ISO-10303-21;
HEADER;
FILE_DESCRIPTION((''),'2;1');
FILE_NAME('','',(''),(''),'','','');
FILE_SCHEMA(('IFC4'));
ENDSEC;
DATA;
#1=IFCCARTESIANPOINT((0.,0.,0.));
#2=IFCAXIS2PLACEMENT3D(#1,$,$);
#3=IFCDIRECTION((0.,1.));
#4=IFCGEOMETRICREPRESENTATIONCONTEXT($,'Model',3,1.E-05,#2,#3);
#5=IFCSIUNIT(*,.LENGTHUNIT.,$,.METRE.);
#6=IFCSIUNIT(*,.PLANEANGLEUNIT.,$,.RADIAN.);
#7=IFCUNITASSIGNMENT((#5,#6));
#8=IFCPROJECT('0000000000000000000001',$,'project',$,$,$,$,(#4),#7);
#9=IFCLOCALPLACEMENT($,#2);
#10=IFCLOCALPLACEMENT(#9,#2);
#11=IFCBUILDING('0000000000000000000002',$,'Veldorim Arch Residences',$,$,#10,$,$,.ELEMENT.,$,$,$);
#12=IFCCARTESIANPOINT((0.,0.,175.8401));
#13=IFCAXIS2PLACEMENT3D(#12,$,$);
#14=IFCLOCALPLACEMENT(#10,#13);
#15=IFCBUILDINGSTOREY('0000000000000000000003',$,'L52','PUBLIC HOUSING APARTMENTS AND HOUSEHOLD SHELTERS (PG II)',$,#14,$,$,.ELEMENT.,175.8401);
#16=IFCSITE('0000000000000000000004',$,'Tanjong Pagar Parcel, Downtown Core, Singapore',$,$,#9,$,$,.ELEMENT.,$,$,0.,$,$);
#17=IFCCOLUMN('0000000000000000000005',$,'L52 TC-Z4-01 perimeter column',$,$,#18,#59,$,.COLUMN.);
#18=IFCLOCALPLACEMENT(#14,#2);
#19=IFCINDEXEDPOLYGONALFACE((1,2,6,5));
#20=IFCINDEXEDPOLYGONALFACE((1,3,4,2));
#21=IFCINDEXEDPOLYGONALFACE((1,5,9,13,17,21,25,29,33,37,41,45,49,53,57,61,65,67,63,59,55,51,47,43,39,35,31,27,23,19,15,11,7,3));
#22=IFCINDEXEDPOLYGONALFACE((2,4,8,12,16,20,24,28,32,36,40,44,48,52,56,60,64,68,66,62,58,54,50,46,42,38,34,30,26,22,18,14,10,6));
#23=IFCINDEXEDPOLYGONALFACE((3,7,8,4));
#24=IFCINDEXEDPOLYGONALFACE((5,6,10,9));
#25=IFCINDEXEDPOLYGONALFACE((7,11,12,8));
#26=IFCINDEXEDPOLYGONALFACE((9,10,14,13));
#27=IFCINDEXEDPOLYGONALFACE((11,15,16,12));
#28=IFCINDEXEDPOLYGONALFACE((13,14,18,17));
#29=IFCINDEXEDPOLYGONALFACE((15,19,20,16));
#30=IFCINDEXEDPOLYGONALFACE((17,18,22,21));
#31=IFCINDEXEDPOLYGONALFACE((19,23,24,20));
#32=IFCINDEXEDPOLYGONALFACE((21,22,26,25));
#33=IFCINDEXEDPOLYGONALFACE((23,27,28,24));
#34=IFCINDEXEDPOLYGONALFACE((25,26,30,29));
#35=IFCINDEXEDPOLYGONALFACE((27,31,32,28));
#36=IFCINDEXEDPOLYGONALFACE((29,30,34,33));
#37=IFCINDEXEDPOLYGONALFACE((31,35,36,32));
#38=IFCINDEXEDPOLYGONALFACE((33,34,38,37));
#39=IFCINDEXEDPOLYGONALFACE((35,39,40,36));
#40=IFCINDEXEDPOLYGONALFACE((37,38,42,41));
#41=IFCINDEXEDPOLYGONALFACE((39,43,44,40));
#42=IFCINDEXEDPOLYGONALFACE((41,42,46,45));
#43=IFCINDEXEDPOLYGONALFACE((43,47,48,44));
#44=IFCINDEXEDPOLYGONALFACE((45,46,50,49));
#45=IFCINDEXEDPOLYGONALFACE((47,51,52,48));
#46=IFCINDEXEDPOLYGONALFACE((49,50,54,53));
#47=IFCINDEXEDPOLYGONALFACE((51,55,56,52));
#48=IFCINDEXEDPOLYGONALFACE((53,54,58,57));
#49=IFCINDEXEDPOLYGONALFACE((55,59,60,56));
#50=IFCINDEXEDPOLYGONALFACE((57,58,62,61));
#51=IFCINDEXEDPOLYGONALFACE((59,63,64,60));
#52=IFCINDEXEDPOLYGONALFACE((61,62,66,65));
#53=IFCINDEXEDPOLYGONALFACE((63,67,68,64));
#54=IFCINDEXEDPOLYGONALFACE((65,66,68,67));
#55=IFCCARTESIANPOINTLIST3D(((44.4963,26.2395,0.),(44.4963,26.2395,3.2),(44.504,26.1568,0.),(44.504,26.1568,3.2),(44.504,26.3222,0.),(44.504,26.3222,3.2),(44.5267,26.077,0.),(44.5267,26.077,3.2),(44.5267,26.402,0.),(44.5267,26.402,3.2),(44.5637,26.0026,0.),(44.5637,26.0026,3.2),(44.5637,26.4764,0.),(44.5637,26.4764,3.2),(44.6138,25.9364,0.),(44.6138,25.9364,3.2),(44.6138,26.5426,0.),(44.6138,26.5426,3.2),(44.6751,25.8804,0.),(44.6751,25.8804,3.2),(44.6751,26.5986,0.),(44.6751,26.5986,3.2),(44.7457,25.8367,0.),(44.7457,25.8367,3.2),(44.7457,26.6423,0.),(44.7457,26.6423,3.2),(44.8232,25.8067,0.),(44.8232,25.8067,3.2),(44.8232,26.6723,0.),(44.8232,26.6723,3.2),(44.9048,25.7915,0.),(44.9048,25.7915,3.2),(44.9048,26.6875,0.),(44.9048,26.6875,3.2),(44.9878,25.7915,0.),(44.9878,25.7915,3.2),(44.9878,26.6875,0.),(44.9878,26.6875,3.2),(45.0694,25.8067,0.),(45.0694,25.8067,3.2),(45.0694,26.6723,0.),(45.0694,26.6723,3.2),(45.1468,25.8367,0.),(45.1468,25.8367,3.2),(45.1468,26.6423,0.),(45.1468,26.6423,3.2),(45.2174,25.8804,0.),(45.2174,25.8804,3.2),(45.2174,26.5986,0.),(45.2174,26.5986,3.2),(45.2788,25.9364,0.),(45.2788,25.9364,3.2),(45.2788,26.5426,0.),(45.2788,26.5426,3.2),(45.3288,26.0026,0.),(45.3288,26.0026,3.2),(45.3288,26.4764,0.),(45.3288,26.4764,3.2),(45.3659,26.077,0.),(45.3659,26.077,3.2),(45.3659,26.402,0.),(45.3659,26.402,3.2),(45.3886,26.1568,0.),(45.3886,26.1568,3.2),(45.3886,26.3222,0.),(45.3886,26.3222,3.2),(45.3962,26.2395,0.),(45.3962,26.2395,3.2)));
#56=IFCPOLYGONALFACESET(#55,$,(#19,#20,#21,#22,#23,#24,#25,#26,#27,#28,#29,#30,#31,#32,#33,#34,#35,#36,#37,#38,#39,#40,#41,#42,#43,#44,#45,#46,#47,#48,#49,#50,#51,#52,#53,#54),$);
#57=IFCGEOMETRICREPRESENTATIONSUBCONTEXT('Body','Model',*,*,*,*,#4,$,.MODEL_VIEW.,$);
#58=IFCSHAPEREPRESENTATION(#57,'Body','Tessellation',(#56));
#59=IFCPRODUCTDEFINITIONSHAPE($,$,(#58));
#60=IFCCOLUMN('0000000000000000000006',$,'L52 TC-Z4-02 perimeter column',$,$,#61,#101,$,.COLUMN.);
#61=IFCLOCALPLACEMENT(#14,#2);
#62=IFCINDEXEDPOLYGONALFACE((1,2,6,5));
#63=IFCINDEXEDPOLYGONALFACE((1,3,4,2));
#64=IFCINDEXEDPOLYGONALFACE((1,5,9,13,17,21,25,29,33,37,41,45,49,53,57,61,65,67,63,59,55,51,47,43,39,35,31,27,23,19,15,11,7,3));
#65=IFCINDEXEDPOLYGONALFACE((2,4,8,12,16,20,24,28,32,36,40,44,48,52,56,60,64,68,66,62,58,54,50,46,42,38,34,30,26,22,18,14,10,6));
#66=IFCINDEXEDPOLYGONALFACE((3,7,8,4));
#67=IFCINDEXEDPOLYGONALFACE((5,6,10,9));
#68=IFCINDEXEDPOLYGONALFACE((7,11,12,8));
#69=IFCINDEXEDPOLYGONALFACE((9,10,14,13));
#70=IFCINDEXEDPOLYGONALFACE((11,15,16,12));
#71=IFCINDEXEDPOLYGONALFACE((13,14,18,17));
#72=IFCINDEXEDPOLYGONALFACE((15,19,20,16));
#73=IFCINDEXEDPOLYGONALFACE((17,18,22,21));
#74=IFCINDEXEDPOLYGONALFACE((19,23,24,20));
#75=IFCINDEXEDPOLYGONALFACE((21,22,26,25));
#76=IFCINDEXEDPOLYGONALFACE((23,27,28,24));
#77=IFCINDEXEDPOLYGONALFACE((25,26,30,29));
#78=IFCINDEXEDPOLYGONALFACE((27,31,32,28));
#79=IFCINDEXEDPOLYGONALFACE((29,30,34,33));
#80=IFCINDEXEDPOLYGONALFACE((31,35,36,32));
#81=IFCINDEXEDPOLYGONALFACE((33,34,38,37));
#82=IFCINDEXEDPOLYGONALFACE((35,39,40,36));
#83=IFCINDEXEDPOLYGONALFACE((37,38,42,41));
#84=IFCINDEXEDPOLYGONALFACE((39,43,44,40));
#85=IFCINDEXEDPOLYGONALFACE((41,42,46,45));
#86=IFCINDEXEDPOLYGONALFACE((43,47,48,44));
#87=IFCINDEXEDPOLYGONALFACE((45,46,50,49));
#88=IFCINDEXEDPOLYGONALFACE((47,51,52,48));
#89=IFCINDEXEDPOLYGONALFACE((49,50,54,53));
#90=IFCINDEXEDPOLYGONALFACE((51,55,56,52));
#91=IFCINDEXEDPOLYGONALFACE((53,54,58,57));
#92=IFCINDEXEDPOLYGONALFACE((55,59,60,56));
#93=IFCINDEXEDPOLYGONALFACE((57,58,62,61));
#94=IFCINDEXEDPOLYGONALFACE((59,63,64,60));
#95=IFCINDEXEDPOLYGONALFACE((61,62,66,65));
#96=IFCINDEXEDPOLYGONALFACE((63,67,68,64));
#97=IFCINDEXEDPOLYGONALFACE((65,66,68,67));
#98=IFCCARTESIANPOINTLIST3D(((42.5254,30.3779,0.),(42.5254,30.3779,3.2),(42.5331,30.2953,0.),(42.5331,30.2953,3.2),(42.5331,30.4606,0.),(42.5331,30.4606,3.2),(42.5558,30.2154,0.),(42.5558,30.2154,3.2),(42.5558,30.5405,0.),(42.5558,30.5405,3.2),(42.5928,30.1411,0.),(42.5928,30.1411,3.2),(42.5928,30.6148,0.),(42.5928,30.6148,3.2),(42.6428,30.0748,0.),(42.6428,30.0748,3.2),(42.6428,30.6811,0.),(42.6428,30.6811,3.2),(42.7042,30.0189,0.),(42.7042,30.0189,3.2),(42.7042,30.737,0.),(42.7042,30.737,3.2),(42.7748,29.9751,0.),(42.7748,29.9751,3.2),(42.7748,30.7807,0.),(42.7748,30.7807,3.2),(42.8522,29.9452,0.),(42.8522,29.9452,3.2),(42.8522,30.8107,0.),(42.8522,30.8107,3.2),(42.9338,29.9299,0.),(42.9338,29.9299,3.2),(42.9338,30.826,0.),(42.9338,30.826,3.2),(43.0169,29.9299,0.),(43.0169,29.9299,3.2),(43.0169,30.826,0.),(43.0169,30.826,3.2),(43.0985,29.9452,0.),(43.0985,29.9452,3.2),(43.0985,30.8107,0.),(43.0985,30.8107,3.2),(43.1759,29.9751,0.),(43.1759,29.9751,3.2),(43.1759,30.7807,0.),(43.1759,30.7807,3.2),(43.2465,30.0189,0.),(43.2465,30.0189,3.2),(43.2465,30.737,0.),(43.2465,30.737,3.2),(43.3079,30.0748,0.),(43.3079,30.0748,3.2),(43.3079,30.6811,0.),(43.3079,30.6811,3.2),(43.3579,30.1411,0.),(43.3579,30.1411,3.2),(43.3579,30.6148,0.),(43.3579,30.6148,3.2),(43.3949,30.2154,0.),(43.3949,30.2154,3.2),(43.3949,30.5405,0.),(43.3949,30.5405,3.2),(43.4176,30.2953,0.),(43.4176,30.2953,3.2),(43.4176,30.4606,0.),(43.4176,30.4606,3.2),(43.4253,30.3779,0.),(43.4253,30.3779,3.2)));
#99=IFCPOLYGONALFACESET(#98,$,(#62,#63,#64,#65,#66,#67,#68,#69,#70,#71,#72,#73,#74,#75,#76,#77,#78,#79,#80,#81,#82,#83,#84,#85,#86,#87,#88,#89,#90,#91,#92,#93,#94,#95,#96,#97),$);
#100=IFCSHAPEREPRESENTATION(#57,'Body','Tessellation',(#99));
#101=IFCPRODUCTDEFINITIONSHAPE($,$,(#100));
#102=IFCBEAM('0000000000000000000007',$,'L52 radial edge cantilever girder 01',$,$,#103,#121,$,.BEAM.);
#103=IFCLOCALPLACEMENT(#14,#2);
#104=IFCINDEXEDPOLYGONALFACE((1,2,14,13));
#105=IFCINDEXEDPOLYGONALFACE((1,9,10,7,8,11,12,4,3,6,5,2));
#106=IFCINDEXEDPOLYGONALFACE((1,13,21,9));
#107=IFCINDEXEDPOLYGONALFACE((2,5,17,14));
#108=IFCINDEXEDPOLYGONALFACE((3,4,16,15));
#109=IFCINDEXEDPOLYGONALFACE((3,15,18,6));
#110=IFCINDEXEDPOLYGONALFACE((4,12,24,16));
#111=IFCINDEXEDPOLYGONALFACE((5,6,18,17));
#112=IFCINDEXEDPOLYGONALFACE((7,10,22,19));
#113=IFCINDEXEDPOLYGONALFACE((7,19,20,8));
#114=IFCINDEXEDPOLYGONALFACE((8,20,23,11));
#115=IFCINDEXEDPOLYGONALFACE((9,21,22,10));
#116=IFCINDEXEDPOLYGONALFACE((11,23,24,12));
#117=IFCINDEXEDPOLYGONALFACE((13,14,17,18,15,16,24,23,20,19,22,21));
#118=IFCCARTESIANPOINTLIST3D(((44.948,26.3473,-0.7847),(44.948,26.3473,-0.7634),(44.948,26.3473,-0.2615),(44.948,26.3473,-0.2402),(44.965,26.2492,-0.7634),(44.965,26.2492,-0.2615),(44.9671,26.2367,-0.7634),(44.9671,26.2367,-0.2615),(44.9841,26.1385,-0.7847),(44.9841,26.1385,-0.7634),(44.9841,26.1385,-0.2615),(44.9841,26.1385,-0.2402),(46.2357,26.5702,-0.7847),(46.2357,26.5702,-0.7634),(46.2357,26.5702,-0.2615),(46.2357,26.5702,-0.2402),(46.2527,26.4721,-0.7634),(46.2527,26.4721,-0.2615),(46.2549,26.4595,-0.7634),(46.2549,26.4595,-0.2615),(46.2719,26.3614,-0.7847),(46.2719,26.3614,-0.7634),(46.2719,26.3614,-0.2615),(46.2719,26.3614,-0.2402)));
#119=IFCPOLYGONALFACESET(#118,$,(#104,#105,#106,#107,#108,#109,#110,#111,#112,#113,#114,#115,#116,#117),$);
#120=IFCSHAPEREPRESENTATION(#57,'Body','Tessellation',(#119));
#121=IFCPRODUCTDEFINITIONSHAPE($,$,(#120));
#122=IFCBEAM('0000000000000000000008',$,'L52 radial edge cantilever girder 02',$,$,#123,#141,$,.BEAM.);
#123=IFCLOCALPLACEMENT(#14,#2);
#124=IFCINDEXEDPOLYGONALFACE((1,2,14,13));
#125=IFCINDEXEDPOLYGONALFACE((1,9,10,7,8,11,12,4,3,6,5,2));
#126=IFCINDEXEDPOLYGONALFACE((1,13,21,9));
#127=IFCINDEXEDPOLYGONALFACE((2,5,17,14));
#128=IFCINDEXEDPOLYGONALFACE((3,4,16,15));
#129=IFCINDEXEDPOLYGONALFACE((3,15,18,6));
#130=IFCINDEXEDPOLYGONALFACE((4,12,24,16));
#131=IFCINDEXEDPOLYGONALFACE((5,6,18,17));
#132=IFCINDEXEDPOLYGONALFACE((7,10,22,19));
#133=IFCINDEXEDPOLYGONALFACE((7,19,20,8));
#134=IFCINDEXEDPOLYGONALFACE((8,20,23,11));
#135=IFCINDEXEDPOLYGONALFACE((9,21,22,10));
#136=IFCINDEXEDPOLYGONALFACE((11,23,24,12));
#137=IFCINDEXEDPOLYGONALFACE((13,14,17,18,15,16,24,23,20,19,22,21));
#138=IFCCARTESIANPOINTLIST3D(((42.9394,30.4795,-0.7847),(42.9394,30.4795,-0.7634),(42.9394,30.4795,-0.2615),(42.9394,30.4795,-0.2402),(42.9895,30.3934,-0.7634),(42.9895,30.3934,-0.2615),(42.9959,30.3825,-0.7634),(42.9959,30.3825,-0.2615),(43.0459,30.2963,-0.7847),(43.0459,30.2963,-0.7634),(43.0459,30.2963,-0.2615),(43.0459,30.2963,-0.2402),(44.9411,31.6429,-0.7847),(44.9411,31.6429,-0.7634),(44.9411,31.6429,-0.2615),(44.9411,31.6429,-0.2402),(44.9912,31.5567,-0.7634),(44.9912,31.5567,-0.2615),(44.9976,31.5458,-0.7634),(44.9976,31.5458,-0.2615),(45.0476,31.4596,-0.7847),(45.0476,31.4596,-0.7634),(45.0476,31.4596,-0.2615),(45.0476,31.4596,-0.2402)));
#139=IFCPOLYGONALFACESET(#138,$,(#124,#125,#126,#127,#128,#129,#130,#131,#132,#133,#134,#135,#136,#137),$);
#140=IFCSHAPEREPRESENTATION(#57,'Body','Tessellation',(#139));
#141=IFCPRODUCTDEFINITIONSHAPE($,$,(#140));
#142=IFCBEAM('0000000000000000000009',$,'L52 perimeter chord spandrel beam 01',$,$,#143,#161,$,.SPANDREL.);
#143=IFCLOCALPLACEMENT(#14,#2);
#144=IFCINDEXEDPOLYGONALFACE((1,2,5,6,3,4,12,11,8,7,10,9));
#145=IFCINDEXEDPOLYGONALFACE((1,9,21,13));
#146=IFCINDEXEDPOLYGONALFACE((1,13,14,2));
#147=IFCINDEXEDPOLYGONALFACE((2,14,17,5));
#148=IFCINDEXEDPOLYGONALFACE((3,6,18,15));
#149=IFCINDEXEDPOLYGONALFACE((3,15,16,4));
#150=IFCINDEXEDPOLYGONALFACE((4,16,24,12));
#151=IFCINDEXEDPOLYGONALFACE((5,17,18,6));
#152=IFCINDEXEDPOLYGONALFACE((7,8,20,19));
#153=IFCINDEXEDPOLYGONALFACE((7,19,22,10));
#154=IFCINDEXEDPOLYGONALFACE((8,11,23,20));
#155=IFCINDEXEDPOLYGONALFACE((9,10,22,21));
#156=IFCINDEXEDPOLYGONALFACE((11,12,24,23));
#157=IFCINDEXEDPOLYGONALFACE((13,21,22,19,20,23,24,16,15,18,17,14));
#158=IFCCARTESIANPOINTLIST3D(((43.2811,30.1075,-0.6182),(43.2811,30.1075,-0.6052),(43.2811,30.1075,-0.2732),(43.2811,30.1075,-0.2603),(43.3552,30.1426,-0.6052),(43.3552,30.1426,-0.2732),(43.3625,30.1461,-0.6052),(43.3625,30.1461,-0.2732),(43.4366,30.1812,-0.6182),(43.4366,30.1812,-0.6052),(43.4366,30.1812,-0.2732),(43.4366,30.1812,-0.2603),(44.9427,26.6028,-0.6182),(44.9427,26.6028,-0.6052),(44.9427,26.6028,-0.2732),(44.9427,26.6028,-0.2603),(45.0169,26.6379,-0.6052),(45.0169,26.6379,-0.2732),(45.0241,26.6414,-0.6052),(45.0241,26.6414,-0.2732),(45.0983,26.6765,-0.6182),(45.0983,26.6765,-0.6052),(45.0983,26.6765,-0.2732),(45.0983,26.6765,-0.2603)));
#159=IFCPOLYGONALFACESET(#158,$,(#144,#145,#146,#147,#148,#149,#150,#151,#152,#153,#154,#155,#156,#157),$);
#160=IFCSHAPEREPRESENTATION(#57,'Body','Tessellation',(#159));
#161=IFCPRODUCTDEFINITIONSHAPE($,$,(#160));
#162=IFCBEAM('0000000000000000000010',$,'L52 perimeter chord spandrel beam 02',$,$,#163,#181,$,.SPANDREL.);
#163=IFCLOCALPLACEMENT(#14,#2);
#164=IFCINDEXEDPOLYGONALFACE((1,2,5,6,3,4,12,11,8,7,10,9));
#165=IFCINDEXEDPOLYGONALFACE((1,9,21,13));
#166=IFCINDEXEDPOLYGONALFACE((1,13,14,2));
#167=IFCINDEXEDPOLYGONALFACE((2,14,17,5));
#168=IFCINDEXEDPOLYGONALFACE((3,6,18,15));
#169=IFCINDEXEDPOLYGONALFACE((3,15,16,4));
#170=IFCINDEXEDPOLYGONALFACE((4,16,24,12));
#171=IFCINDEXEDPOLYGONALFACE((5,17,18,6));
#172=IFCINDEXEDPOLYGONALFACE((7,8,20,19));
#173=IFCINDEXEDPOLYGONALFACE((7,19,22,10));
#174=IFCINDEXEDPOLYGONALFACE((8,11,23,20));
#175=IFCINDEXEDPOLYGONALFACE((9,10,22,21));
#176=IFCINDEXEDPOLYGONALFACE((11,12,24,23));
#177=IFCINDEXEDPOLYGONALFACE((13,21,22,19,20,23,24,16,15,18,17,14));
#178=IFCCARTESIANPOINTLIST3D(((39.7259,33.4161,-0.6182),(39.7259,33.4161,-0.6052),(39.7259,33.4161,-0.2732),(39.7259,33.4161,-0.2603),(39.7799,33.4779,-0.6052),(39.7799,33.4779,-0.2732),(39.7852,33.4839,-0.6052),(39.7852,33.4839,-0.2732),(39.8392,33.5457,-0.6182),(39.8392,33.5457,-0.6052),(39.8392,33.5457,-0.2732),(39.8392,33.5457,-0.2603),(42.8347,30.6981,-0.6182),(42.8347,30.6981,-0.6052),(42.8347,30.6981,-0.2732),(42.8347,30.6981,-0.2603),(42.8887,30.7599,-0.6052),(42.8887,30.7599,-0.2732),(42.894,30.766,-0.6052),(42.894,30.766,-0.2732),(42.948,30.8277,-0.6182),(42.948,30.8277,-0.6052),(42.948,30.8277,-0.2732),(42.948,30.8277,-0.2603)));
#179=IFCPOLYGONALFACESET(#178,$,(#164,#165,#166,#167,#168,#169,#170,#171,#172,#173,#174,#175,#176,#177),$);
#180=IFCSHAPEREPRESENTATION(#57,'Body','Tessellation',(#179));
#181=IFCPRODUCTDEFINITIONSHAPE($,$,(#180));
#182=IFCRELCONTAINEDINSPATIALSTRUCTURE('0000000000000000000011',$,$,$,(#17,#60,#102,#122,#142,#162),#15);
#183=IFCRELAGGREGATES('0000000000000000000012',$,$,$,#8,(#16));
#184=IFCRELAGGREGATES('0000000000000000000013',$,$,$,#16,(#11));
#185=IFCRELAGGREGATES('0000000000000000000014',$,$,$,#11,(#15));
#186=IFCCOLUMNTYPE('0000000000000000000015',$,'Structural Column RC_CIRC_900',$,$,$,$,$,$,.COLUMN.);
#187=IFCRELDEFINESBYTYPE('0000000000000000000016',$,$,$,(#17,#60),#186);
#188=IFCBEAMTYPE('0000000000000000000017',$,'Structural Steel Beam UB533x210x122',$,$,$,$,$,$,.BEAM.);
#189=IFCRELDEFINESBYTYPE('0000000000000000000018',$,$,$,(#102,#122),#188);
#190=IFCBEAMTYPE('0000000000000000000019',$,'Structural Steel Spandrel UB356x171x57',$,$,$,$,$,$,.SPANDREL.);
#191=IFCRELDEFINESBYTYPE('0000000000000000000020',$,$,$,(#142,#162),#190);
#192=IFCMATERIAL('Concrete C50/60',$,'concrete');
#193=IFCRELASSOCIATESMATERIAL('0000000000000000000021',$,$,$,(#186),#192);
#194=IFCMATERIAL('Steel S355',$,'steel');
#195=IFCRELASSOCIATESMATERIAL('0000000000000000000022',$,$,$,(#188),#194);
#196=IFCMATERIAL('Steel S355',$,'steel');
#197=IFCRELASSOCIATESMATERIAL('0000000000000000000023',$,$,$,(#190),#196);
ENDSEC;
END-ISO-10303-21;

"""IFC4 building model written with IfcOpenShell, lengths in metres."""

from ifc_helpers import new_model, si_unit, direction, frame, origin, origin_2d, place, context, subcontext, project, spatial, circle, i_section, extrude, material, material_profile, profile_set, type_object, element, save


model = new_model("IFC4")

# Units and contexts
model_context = context("Model", 3, precision=1e-05, world=origin(), true_north=direction((0.0, 1.0)))
body_context = subcontext(model_context, "Body", "Model", "MODEL_VIEW")
ifc_project = project(units=[si_unit("LENGTHUNIT", "METRE"), si_unit("PLANEANGLEUNIT", "RADIAN")], contexts=[model_context])

# Site, building, storey
site_placement = place(None, origin())
site = spatial("IfcSite", under=ifc_project, at=site_placement, Name="Tanjong Pagar Parcel, Downtown Core, Singapore", CompositionType="ELEMENT", RefElevation=0.0)
building_placement = place(site_placement, origin())
building = spatial("IfcBuilding", under=site, at=building_placement, Name="Veldorim Arch Residences", CompositionType="ELEMENT")
storey_placement = place(building_placement, frame((0.0, 0.0, 175.8401)))
storey = spatial("IfcBuildingStorey", under=building, at=storey_placement, Name="L52", Description="PUBLIC HOUSING APARTMENTS AND HOUSEHOLD SHELTERS (PG II)", CompositionType="ELEMENT", Elevation=175.8401)

# Columns
ifc_material_1 = material(Name="Concrete C50/60", Category="concrete")
ifc_material_profile_1 = material_profile(ifc_material_1, circle(Radius=0.45, at=origin_2d()), Name="RC_CIRC_900")
ifc_profile_set_1 = profile_set([ifc_material_profile_1], Name="Concrete C50/60")
column_type = type_object("IfcColumnType", Name="Structural Column RC_CIRC_900", PredefinedType="COLUMN", material=ifc_profile_set_1)
for number, where, z_axis, x_axis, name in (
    (1, (44.9463, 26.2395, 0.0), (0.0, 0.0, 1.0), (1.0, 0.0, 0.0), "L52 TC-Z4-01 perimeter column"),
    (2, (42.9753, 30.3779, 0.0), (0.0, 0.0, 1.0), (1.0, 0.0, 0.0), "L52 TC-Z4-02 perimeter column"),
):
    element("IfcColumn", number, at=place(storey_placement, frame(where, z_axis=z_axis, x_axis=x_axis)), inside=storey, type_object=column_type, Name=name, PredefinedType="COLUMN", context=body_context, shape_type="SweptSolid", body=[
        extrude(circle(Radius=0.45, at=origin_2d()), origin(), (0.0, 0.0, 1.0), 3.2),
    ])

# Beams
ifc_material_2 = material(Name="Steel S355", Category="steel")
ifc_material_profile_2 = material_profile(ifc_material_2, i_section(OverallWidth=0.2119, OverallDepth=0.5444, WebThickness=0.0127, FlangeThickness=0.0212, at=origin_2d()), Name="UB533x210x122")
ifc_profile_set_2 = profile_set([ifc_material_profile_2], Name="Steel S355")
beam_type_1 = type_object("IfcBeamType", Name="Structural Steel Beam UB533x210x122", PredefinedType="BEAM", material=ifc_profile_set_2)
beam_1_placement = place(storey_placement, frame((44.9661, 26.2429, -0.5125), z_axis=(0.98535, 0.170545, 0.0), x_axis=(-0.170545, 0.98535, 0.0)))
element("IfcBeam", 3, at=beam_1_placement, inside=storey, type_object=beam_type_1, Name="L52 radial edge cantilever girder 01", PredefinedType="BEAM", context=body_context, shape_type="SweptSolid", body=[
    extrude(i_section(OverallWidth=0.2119, OverallDepth=0.5444, WebThickness=0.0127, FlangeThickness=0.0212, at=origin_2d()), origin(), (0.0, 0.0, 1.0), 1.3069),
])
beam_2_placement = place(storey_placement, frame((42.9927, 30.3879, -0.5125), z_axis=(0.864592, 0.502474, 0.0), x_axis=(-0.502474, 0.864592, 0.0)))
element("IfcBeam", 4, at=beam_2_placement, inside=storey, type_object=beam_type_1, Name="L52 radial edge cantilever girder 02", PredefinedType="BEAM", context=body_context, shape_type="SweptSolid", body=[
    extrude(i_section(OverallWidth=0.2119, OverallDepth=0.5444, WebThickness=0.0127, FlangeThickness=0.0212, at=origin_2d()), origin(), (0.0, 0.0, 1.0), 2.3152),
])
ifc_material_3 = material(Name="Steel S355", Category="steel")
ifc_material_profile_3 = material_profile(ifc_material_3, i_section(OverallWidth=0.1721, OverallDepth=0.3579, WebThickness=0.0081, FlangeThickness=0.0129, at=origin_2d()), Name="UB356x171x57")
ifc_profile_set_3 = profile_set([ifc_material_profile_3], Name="Steel S355")
beam_type_2 = type_object("IfcBeamType", Name="Structural Steel Spandrel UB356x171x57", PredefinedType="SPANDREL", material=ifc_profile_set_3)
beam_3_placement = place(storey_placement, frame((45.0205, 26.6396, -0.4392), z_axis=(-0.428408, 0.903585, 0.0), x_axis=(-0.903585, -0.428408, 0.0)))
element("IfcBeam", 5, at=beam_3_placement, inside=storey, type_object=beam_type_2, Name="L52 perimeter chord spandrel beam 01", PredefinedType="SPANDREL", context=body_context, shape_type="SweptSolid", body=[
    extrude(i_section(OverallWidth=0.1721, OverallDepth=0.3579, WebThickness=0.0081, FlangeThickness=0.0129, at=origin_2d()), origin(), (0.0, 0.0, 1.0), 3.8787),
])
beam_4_placement = place(storey_placement, frame((42.8914, 30.7629, -0.4392), z_axis=(-0.752848, 0.658195, 0.0), x_axis=(-0.658195, -0.752848, 0.0)))
element("IfcBeam", 6, at=beam_4_placement, inside=storey, type_object=beam_type_2, Name="L52 perimeter chord spandrel beam 02", PredefinedType="SPANDREL", context=body_context, shape_type="SweptSolid", body=[
    extrude(i_section(OverallWidth=0.1721, OverallDepth=0.3579, WebThickness=0.0081, FlangeThickness=0.0129, at=origin_2d()), origin(), (0.0, 0.0, 1.0), 4.1294),
])

save(model, "model.ifc")
